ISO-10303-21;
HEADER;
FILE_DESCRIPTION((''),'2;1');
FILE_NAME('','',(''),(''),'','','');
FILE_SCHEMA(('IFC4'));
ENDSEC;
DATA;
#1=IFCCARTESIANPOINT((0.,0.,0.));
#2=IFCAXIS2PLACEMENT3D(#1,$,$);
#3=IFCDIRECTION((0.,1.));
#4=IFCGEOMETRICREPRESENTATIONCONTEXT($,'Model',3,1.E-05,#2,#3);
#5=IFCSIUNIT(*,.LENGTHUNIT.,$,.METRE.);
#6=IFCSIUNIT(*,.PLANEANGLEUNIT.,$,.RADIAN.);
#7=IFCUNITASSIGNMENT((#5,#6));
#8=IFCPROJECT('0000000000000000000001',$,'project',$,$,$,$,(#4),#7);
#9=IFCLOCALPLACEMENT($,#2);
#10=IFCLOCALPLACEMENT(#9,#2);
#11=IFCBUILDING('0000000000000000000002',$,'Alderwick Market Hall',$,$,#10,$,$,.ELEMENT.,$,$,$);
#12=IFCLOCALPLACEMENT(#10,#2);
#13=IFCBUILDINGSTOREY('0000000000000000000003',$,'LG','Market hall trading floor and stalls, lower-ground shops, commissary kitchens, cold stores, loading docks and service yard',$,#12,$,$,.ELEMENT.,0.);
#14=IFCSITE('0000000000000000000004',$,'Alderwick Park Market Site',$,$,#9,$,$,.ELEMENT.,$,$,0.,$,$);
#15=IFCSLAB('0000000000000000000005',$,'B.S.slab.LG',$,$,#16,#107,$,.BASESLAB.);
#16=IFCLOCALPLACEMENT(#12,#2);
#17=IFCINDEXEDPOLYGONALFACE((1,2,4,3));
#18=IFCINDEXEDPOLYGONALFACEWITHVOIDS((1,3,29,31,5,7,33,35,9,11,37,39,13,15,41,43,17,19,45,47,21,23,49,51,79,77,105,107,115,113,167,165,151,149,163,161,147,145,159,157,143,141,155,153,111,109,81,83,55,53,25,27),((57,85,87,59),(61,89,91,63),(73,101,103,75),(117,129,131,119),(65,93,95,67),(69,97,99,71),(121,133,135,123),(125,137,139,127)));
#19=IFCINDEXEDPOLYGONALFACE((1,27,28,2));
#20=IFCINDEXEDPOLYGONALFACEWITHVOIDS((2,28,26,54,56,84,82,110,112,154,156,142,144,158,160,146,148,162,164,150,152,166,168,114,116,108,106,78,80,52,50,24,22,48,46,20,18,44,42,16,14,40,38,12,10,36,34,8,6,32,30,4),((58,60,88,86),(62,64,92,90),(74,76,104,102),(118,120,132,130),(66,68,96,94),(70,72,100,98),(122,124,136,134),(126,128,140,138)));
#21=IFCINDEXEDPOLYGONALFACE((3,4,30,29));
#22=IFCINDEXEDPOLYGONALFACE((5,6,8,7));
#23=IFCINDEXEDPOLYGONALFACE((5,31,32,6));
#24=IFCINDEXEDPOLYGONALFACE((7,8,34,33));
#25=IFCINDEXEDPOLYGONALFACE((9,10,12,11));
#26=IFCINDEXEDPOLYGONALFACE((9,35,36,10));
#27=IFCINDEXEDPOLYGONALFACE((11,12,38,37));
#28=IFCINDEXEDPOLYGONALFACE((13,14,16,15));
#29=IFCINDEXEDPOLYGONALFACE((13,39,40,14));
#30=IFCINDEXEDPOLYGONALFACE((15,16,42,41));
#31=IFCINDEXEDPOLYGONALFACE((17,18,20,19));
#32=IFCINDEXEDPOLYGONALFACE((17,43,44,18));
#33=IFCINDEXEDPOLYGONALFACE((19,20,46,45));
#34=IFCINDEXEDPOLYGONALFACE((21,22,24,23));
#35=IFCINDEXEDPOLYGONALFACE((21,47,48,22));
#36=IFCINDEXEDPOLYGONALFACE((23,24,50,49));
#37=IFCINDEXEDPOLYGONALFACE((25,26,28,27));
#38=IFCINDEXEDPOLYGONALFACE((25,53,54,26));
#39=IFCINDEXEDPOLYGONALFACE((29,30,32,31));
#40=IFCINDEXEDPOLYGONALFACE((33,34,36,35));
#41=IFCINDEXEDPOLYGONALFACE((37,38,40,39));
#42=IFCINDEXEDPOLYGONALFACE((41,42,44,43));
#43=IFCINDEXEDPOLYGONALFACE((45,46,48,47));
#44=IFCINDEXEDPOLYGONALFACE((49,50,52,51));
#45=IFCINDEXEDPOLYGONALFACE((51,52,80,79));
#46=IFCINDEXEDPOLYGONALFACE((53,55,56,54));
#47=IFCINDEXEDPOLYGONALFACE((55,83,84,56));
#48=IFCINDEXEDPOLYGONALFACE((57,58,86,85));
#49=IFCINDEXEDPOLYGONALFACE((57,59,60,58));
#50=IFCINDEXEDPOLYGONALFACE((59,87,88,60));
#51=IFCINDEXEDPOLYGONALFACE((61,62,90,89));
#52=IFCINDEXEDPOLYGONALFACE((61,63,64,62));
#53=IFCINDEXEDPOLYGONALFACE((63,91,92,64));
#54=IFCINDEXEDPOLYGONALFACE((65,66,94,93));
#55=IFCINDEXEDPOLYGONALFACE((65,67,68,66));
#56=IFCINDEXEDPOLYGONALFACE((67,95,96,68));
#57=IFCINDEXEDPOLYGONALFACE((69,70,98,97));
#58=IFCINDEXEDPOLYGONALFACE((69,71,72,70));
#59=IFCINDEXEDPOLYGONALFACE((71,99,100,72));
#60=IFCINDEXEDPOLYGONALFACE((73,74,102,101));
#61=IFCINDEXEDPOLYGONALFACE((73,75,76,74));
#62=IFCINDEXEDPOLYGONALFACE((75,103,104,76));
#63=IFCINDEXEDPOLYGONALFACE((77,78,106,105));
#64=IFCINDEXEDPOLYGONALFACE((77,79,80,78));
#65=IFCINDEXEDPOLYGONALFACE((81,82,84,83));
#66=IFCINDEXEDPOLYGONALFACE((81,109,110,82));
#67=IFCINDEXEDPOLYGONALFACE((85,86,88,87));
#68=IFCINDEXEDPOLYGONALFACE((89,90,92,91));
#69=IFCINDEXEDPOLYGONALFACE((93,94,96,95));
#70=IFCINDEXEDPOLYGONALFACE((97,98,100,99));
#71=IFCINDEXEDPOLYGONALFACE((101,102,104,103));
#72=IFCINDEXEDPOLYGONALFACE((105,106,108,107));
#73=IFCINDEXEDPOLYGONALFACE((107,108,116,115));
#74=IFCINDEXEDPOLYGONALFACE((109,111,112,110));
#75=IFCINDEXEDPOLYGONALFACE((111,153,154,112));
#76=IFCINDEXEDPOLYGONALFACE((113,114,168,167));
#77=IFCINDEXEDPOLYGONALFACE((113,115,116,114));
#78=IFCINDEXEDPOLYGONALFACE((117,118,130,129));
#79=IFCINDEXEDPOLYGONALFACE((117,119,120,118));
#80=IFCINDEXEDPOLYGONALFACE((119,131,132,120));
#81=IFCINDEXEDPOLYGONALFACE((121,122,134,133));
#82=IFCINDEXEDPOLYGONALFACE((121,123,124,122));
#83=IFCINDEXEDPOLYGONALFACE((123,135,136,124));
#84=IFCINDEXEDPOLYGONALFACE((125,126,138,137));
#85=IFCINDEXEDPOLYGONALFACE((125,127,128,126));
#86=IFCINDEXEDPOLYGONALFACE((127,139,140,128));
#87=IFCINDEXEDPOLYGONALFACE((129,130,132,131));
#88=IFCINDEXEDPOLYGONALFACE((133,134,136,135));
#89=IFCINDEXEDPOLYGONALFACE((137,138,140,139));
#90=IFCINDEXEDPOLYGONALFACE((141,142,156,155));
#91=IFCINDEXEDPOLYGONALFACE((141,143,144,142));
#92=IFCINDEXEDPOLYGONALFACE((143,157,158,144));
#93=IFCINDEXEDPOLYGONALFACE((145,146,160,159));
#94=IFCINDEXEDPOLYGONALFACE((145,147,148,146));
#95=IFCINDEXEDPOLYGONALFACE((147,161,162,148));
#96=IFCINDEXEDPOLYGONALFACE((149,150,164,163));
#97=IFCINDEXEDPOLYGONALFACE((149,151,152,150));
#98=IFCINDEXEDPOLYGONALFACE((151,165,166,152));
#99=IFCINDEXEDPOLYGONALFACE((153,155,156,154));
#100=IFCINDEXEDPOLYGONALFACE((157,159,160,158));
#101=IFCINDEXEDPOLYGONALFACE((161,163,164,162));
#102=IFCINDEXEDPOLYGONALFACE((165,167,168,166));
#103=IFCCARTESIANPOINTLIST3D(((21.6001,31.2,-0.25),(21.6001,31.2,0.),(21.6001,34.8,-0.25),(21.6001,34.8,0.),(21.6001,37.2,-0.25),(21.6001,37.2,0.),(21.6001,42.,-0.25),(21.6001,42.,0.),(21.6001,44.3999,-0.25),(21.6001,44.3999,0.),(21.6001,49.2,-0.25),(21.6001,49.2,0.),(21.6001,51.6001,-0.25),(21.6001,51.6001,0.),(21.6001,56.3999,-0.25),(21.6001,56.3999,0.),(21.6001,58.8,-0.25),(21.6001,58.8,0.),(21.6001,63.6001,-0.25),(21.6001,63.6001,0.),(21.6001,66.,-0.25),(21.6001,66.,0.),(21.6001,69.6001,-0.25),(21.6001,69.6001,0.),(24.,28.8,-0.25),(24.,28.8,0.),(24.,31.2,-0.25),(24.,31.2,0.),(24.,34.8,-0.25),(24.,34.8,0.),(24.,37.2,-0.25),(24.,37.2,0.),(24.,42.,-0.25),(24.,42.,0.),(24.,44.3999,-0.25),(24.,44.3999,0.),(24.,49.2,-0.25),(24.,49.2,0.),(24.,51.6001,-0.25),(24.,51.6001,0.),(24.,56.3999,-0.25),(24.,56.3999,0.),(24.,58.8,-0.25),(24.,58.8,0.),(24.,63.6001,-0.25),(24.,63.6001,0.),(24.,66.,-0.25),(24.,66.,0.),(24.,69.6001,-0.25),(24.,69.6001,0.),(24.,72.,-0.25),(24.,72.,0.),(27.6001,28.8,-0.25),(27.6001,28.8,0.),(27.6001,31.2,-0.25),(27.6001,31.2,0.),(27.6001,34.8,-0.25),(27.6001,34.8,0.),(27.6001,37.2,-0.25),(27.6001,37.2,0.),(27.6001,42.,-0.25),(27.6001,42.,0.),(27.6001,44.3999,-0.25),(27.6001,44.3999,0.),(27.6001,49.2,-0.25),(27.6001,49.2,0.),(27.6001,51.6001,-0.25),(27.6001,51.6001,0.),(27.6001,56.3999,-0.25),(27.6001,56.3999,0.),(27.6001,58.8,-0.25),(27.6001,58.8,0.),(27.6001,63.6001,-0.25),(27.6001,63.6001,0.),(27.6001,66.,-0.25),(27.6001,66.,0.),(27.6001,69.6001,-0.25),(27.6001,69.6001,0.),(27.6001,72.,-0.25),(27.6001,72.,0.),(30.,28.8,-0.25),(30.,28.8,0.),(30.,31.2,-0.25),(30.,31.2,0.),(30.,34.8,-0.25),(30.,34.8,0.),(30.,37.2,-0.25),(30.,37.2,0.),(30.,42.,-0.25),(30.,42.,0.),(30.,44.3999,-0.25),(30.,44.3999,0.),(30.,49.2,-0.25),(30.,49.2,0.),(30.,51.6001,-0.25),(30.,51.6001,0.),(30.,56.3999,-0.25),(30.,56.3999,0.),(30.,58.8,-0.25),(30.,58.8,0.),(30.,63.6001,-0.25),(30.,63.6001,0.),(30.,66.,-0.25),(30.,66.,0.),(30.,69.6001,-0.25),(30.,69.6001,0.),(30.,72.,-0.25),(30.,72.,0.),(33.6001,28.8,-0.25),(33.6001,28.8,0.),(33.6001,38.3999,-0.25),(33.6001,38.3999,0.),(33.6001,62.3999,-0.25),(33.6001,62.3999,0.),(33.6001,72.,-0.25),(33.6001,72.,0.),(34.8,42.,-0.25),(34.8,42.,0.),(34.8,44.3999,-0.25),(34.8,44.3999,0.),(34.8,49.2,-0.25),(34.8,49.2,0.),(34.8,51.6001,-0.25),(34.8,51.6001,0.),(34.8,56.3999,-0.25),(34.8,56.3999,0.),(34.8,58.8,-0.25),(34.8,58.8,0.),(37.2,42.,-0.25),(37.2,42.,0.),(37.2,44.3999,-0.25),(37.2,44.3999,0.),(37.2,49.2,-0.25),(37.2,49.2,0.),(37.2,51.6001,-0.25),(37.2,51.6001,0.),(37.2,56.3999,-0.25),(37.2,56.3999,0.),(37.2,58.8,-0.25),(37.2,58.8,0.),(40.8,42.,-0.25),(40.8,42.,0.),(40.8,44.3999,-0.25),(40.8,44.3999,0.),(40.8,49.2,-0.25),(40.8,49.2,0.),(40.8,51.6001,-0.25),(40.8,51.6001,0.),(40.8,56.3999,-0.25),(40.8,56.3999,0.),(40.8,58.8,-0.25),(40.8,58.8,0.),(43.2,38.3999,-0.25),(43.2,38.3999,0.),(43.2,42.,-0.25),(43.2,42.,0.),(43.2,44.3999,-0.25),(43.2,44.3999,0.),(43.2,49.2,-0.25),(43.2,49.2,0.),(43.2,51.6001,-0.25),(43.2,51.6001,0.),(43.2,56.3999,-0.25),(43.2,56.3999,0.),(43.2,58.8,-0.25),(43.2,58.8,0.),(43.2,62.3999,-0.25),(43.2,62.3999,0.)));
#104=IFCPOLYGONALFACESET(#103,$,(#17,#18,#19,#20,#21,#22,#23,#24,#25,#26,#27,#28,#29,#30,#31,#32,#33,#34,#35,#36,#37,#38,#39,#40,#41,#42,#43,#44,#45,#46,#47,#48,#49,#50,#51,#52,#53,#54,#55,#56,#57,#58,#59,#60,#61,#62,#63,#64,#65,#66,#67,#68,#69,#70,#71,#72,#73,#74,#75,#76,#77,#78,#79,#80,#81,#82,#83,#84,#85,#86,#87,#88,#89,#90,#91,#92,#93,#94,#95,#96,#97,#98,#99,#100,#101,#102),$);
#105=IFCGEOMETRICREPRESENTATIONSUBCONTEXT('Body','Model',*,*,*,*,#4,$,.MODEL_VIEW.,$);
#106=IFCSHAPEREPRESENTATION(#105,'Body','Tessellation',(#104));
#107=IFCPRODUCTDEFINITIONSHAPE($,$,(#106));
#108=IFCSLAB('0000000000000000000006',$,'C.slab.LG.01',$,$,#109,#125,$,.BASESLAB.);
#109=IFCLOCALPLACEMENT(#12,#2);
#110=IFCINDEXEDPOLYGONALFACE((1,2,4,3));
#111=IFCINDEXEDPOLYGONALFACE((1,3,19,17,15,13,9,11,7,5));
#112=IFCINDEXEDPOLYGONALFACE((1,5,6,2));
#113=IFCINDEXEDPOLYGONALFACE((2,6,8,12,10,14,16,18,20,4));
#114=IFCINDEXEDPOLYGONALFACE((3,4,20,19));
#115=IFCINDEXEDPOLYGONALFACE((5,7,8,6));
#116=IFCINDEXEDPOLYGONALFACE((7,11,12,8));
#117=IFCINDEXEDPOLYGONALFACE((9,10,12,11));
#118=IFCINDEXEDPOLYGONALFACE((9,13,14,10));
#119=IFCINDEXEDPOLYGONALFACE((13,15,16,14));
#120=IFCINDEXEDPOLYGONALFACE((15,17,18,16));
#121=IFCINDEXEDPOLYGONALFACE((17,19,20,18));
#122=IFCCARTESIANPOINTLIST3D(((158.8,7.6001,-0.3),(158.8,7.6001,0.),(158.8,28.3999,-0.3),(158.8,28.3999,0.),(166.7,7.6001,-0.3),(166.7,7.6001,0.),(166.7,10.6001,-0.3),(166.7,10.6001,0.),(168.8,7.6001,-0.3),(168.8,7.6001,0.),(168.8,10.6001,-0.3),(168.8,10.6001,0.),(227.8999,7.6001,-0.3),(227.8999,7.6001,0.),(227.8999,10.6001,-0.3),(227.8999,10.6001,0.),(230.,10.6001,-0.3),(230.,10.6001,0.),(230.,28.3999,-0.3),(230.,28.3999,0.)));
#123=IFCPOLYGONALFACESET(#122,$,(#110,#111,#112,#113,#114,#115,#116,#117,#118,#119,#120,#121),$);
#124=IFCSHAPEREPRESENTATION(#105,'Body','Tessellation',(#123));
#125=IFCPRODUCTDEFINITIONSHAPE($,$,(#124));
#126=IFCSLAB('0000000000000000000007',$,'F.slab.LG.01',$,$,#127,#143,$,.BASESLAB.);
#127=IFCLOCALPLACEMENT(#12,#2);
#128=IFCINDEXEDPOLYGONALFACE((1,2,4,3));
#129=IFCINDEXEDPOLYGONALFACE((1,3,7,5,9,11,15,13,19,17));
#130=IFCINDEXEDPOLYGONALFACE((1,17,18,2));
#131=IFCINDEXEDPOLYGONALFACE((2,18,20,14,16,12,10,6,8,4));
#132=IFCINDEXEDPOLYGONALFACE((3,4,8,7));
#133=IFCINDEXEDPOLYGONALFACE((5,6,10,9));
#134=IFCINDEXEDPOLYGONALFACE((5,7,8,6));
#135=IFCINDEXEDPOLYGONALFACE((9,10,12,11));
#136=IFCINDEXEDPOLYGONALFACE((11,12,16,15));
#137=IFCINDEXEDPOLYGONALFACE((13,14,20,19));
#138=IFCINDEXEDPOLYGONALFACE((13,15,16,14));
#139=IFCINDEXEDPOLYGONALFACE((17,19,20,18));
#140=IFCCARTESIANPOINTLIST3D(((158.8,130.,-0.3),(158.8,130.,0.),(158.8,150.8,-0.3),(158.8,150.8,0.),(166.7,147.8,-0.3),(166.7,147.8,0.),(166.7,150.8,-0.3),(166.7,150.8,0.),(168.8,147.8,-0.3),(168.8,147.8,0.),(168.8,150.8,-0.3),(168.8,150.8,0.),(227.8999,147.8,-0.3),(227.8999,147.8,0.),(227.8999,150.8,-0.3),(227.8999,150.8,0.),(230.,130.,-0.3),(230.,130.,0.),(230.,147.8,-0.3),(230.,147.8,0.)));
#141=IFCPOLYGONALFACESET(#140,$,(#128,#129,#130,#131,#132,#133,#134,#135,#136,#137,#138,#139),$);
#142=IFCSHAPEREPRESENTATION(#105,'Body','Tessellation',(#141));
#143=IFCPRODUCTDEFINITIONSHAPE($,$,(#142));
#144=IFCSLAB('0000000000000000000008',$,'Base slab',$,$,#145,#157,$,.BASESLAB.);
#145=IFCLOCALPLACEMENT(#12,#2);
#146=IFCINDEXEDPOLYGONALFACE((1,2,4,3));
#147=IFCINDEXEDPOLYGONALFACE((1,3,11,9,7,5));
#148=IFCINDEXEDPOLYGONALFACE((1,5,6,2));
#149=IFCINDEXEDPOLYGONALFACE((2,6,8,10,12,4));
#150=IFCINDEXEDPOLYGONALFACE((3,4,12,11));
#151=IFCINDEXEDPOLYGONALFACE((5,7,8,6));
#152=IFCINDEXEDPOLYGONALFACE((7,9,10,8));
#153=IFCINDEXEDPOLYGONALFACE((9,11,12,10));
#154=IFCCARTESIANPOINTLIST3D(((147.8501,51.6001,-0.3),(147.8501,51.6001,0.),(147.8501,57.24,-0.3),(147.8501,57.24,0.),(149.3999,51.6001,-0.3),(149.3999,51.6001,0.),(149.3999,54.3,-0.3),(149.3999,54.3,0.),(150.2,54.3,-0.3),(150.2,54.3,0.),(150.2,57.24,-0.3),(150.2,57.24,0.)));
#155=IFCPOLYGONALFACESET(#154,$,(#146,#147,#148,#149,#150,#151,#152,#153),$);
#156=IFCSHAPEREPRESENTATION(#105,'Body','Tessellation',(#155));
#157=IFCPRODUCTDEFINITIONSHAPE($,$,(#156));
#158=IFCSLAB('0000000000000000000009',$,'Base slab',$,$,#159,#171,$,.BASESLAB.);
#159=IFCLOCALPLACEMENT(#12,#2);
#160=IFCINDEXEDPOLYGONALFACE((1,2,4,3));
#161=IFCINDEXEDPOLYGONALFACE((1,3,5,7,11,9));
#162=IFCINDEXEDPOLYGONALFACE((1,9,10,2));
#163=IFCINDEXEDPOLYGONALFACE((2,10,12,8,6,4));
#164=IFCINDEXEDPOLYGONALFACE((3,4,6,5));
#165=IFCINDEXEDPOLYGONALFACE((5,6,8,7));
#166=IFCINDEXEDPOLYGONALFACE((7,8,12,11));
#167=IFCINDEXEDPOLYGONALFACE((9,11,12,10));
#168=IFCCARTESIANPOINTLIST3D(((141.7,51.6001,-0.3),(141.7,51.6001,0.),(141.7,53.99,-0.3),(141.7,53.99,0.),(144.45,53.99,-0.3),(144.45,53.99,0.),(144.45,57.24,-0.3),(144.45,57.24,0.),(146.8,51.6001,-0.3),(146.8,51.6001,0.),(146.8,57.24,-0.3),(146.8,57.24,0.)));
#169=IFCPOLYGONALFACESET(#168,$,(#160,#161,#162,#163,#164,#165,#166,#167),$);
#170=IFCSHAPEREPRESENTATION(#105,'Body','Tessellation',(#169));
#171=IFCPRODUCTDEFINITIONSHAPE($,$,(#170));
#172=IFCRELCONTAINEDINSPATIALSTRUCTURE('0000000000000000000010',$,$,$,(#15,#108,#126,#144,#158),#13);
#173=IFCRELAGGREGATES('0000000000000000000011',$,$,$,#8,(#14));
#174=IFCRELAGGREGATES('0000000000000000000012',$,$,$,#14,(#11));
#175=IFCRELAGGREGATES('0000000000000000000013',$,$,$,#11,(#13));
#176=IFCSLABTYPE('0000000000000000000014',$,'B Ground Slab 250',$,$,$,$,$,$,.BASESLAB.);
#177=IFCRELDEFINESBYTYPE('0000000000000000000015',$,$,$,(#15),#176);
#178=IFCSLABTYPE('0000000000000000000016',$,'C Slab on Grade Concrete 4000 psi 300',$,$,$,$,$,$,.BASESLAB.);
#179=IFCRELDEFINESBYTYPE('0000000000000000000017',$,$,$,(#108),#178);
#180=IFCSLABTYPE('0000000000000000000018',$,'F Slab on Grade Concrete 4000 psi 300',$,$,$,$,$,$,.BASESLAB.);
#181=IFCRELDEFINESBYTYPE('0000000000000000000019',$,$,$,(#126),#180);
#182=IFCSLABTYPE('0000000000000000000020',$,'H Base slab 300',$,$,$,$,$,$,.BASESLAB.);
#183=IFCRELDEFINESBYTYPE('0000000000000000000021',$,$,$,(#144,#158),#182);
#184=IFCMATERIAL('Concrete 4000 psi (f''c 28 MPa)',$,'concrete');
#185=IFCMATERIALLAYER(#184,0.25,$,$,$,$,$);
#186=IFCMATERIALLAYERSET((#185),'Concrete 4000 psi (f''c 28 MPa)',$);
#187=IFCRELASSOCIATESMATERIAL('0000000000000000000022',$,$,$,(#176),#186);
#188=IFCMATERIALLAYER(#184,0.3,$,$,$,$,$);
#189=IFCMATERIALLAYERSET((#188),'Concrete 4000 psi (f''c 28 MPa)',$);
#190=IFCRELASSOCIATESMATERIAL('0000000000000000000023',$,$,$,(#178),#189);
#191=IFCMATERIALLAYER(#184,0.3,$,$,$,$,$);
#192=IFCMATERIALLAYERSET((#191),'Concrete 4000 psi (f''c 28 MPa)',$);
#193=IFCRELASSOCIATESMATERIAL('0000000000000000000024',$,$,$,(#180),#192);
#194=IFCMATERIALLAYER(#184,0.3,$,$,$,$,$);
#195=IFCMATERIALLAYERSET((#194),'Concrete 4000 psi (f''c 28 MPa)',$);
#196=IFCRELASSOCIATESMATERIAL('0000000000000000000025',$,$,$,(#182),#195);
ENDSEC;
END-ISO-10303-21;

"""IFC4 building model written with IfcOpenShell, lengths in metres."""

from ifc_helpers import new_model, si_unit, direction, frame, origin, place, context, subcontext, project, spatial, polyline, outline, extrude, material, layer, layer_set, type_object, element, save


model = new_model("IFC4")

# Units and contexts
model_context = context("Model", 3, precision=1e-05, world=origin(), true_north=direction((0.0, 1.0)))
body_context = subcontext(model_context, "Body", "Model", "MODEL_VIEW")
ifc_project = project(units=[si_unit("LENGTHUNIT", "METRE"), si_unit("PLANEANGLEUNIT", "RADIAN")], contexts=[model_context])

# Site, building, storey
site_placement = place(None, origin())
site = spatial("IfcSite", under=ifc_project, at=site_placement, Name="Alderwick Park Market Site", CompositionType="ELEMENT", RefElevation=0.0)
building_placement = place(site_placement, origin())
building = spatial("IfcBuilding", under=site, at=building_placement, Name="Alderwick Market Hall", CompositionType="ELEMENT")
storey_placement = place(building_placement, origin())
storey = spatial("IfcBuildingStorey", under=building, at=storey_placement, Name="LG", Description="Market hall trading floor and stalls, lower-ground shops, commissary kitchens, cold stores, loading docks and service yard", CompositionType="ELEMENT", Elevation=0.0)

# Shared definitions
ifc_material_1 = material(Name="Concrete 4000 psi (f'c 28 MPa)", Category="concrete")

# Slabs
ifc_layer_1 = layer(ifc_material_1, 0.25)
ifc_layer_set_1 = layer_set([ifc_layer_1], Name="Concrete 4000 psi (f'c 28 MPa)")
slab_type_1 = type_object("IfcSlabType", Name="B Ground Slab 250", PredefinedType="BASESLAB", material=ifc_layer_set_1)
slab_1_placement = place(storey_placement, frame((0.0, 0.0, -0.25)))
element("IfcSlab", 1, at=slab_1_placement, inside=storey, type_object=slab_type_1, Name="B.S.slab.LG", PredefinedType="BASESLAB", context=body_context, shape_type="SweptSolid", body=[
    extrude(outline(polyline([(21.6001, 58.8), (21.6001, 63.6001), (24.0, 63.6001), (24.0, 66.0), (21.6001, 66.0), (21.6001, 69.6001), (24.0, 69.6001), (24.0, 72.0), (27.6001, 72.0), (27.6001, 69.6001), (30.0, 69.6001), (30.0, 72.0), (33.6001, 72.0), (33.6001, 62.3999), (43.2, 62.3999), (43.2, 58.8), (40.8, 58.8), (40.8, 56.3999), (43.2, 56.3999), (43.2, 51.6001), (40.8, 51.6001), (40.8, 49.2), (43.2, 49.2), (43.2, 44.3999), (40.8, 44.3999), (40.8, 42.0), (43.2, 42.0), (43.2, 38.3999), (33.6001, 38.3999), (33.6001, 28.8), (30.0, 28.8), (30.0, 31.2), (27.6001, 31.2), (27.6001, 28.8), (24.0, 28.8), (24.0, 31.2), (21.6001, 31.2), (21.6001, 34.8), (24.0, 34.8), (24.0, 37.2), (21.6001, 37.2), (21.6001, 42.0), (24.0, 42.0), (24.0, 44.3999), (21.6001, 44.3999), (21.6001, 49.2), (24.0, 49.2), (24.0, 51.6001), (21.6001, 51.6001), (21.6001, 56.3999), (24.0, 56.3999), (24.0, 58.8), (21.6001, 58.8)]), holes=[polyline([(27.6001, 37.2), (27.6001, 34.8), (30.0, 34.8), (30.0, 37.2), (27.6001, 37.2)]), polyline([(30.0, 44.3999), (27.6001, 44.3999), (27.6001, 42.0), (30.0, 42.0), (30.0, 44.3999)]), polyline([(30.0, 49.2), (30.0, 51.6001), (27.6001, 51.6001), (27.6001, 49.2), (30.0, 49.2)]), polyline([(27.6001, 56.3999), (30.0, 56.3999), (30.0, 58.8), (27.6001, 58.8), (27.6001, 56.3999)]), polyline([(27.6001, 66.0), (27.6001, 63.6001), (30.0, 63.6001), (30.0, 66.0), (27.6001, 66.0)]), polyline([(37.2, 42.0), (37.2, 44.3999), (34.8, 44.3999), (34.8, 42.0), (37.2, 42.0)]), polyline([(34.8, 49.2), (37.2, 49.2), (37.2, 51.6001), (34.8, 51.6001), (34.8, 49.2)]), polyline([(34.8, 58.8), (34.8, 56.3999), (37.2, 56.3999), (37.2, 58.8), (34.8, 58.8)])]), origin(), (0.0, 0.0, 1.0), 0.25),
])
ifc_layer_2 = layer(ifc_material_1, 0.3)
ifc_layer_set_2 = layer_set([ifc_layer_2], Name="Concrete 4000 psi (f'c 28 MPa)")
slab_type_2 = type_object("IfcSlabType", Name="C Slab on Grade Concrete 4000 psi 300", PredefinedType="BASESLAB", material=ifc_layer_set_2)
slab_2_placement = place(storey_placement, frame((0.0, 0.0, -0.3)))
element("IfcSlab", 2, at=slab_2_placement, inside=storey, type_object=slab_type_2, Name="C.slab.LG.01", PredefinedType="BASESLAB", context=body_context, shape_type="SweptSolid", body=[
    extrude(outline(polyline([(230.0, 10.6001), (227.8999, 10.6001), (227.8999, 7.6001), (168.8, 7.6001), (168.8, 10.6001), (166.7, 10.6001), (166.7, 7.6001), (158.8, 7.6001), (158.8, 28.3999), (230.0, 28.3999), (230.0, 10.6001)])), origin(), (0.0, 0.0, 1.0), 0.3),
])
ifc_layer_3 = layer(ifc_material_1, 0.3)
ifc_layer_set_3 = layer_set([ifc_layer_3], Name="Concrete 4000 psi (f'c 28 MPa)")
slab_type_3 = type_object("IfcSlabType", Name="F Slab on Grade Concrete 4000 psi 300", PredefinedType="BASESLAB", material=ifc_layer_set_3)
slab_3_placement = place(storey_placement, frame((0.0, 0.0, -0.3)))
element("IfcSlab", 3, at=slab_3_placement, inside=storey, type_object=slab_type_3, Name="F.slab.LG.01", PredefinedType="BASESLAB", context=body_context, shape_type="SweptSolid", body=[
    extrude(outline(polyline([(230.0, 130.0), (158.8, 130.0), (158.8, 150.8), (166.7, 150.8), (166.7, 147.8), (168.8, 147.8), (168.8, 150.8), (227.8999, 150.8), (227.8999, 147.8), (230.0, 147.8), (230.0, 130.0)])), origin(), (0.0, 0.0, 1.0), 0.3),
])
ifc_layer_4 = layer(ifc_material_1, 0.3)
ifc_layer_set_4 = layer_set([ifc_layer_4], Name="Concrete 4000 psi (f'c 28 MPa)")
slab_type_4 = type_object("IfcSlabType", Name="H Base slab 300", PredefinedType="BASESLAB", material=ifc_layer_set_4)
slab_4_placement = place(storey_placement, frame((0.0, 0.0, -0.3)))
element("IfcSlab", 4, at=slab_4_placement, inside=storey, type_object=slab_type_4, Name="Base slab", PredefinedType="BASESLAB", context=body_context, shape_type="SweptSolid", body=[
    extrude(outline(polyline([(147.8501, 51.6001), (147.8501, 57.24), (150.2, 57.24), (150.2, 54.3), (149.3999, 54.3), (149.3999, 51.6001), (147.8501, 51.6001)])), origin(), (0.0, 0.0, 1.0), 0.3),
])
slab_5_placement = place(storey_placement, frame((0.0, 0.0, -0.3)))
element("IfcSlab", 5, at=slab_5_placement, inside=storey, type_object=slab_type_4, Name="Base slab", PredefinedType="BASESLAB", context=body_context, shape_type="SweptSolid", body=[
    extrude(outline(polyline([(144.45, 53.99), (144.45, 57.24), (146.8, 57.24), (146.8, 51.6001), (141.7, 51.6001), (141.7, 53.99), (144.45, 53.99)])), origin(), (0.0, 0.0, 1.0), 0.3),
])

save(model, "model.ifc")
